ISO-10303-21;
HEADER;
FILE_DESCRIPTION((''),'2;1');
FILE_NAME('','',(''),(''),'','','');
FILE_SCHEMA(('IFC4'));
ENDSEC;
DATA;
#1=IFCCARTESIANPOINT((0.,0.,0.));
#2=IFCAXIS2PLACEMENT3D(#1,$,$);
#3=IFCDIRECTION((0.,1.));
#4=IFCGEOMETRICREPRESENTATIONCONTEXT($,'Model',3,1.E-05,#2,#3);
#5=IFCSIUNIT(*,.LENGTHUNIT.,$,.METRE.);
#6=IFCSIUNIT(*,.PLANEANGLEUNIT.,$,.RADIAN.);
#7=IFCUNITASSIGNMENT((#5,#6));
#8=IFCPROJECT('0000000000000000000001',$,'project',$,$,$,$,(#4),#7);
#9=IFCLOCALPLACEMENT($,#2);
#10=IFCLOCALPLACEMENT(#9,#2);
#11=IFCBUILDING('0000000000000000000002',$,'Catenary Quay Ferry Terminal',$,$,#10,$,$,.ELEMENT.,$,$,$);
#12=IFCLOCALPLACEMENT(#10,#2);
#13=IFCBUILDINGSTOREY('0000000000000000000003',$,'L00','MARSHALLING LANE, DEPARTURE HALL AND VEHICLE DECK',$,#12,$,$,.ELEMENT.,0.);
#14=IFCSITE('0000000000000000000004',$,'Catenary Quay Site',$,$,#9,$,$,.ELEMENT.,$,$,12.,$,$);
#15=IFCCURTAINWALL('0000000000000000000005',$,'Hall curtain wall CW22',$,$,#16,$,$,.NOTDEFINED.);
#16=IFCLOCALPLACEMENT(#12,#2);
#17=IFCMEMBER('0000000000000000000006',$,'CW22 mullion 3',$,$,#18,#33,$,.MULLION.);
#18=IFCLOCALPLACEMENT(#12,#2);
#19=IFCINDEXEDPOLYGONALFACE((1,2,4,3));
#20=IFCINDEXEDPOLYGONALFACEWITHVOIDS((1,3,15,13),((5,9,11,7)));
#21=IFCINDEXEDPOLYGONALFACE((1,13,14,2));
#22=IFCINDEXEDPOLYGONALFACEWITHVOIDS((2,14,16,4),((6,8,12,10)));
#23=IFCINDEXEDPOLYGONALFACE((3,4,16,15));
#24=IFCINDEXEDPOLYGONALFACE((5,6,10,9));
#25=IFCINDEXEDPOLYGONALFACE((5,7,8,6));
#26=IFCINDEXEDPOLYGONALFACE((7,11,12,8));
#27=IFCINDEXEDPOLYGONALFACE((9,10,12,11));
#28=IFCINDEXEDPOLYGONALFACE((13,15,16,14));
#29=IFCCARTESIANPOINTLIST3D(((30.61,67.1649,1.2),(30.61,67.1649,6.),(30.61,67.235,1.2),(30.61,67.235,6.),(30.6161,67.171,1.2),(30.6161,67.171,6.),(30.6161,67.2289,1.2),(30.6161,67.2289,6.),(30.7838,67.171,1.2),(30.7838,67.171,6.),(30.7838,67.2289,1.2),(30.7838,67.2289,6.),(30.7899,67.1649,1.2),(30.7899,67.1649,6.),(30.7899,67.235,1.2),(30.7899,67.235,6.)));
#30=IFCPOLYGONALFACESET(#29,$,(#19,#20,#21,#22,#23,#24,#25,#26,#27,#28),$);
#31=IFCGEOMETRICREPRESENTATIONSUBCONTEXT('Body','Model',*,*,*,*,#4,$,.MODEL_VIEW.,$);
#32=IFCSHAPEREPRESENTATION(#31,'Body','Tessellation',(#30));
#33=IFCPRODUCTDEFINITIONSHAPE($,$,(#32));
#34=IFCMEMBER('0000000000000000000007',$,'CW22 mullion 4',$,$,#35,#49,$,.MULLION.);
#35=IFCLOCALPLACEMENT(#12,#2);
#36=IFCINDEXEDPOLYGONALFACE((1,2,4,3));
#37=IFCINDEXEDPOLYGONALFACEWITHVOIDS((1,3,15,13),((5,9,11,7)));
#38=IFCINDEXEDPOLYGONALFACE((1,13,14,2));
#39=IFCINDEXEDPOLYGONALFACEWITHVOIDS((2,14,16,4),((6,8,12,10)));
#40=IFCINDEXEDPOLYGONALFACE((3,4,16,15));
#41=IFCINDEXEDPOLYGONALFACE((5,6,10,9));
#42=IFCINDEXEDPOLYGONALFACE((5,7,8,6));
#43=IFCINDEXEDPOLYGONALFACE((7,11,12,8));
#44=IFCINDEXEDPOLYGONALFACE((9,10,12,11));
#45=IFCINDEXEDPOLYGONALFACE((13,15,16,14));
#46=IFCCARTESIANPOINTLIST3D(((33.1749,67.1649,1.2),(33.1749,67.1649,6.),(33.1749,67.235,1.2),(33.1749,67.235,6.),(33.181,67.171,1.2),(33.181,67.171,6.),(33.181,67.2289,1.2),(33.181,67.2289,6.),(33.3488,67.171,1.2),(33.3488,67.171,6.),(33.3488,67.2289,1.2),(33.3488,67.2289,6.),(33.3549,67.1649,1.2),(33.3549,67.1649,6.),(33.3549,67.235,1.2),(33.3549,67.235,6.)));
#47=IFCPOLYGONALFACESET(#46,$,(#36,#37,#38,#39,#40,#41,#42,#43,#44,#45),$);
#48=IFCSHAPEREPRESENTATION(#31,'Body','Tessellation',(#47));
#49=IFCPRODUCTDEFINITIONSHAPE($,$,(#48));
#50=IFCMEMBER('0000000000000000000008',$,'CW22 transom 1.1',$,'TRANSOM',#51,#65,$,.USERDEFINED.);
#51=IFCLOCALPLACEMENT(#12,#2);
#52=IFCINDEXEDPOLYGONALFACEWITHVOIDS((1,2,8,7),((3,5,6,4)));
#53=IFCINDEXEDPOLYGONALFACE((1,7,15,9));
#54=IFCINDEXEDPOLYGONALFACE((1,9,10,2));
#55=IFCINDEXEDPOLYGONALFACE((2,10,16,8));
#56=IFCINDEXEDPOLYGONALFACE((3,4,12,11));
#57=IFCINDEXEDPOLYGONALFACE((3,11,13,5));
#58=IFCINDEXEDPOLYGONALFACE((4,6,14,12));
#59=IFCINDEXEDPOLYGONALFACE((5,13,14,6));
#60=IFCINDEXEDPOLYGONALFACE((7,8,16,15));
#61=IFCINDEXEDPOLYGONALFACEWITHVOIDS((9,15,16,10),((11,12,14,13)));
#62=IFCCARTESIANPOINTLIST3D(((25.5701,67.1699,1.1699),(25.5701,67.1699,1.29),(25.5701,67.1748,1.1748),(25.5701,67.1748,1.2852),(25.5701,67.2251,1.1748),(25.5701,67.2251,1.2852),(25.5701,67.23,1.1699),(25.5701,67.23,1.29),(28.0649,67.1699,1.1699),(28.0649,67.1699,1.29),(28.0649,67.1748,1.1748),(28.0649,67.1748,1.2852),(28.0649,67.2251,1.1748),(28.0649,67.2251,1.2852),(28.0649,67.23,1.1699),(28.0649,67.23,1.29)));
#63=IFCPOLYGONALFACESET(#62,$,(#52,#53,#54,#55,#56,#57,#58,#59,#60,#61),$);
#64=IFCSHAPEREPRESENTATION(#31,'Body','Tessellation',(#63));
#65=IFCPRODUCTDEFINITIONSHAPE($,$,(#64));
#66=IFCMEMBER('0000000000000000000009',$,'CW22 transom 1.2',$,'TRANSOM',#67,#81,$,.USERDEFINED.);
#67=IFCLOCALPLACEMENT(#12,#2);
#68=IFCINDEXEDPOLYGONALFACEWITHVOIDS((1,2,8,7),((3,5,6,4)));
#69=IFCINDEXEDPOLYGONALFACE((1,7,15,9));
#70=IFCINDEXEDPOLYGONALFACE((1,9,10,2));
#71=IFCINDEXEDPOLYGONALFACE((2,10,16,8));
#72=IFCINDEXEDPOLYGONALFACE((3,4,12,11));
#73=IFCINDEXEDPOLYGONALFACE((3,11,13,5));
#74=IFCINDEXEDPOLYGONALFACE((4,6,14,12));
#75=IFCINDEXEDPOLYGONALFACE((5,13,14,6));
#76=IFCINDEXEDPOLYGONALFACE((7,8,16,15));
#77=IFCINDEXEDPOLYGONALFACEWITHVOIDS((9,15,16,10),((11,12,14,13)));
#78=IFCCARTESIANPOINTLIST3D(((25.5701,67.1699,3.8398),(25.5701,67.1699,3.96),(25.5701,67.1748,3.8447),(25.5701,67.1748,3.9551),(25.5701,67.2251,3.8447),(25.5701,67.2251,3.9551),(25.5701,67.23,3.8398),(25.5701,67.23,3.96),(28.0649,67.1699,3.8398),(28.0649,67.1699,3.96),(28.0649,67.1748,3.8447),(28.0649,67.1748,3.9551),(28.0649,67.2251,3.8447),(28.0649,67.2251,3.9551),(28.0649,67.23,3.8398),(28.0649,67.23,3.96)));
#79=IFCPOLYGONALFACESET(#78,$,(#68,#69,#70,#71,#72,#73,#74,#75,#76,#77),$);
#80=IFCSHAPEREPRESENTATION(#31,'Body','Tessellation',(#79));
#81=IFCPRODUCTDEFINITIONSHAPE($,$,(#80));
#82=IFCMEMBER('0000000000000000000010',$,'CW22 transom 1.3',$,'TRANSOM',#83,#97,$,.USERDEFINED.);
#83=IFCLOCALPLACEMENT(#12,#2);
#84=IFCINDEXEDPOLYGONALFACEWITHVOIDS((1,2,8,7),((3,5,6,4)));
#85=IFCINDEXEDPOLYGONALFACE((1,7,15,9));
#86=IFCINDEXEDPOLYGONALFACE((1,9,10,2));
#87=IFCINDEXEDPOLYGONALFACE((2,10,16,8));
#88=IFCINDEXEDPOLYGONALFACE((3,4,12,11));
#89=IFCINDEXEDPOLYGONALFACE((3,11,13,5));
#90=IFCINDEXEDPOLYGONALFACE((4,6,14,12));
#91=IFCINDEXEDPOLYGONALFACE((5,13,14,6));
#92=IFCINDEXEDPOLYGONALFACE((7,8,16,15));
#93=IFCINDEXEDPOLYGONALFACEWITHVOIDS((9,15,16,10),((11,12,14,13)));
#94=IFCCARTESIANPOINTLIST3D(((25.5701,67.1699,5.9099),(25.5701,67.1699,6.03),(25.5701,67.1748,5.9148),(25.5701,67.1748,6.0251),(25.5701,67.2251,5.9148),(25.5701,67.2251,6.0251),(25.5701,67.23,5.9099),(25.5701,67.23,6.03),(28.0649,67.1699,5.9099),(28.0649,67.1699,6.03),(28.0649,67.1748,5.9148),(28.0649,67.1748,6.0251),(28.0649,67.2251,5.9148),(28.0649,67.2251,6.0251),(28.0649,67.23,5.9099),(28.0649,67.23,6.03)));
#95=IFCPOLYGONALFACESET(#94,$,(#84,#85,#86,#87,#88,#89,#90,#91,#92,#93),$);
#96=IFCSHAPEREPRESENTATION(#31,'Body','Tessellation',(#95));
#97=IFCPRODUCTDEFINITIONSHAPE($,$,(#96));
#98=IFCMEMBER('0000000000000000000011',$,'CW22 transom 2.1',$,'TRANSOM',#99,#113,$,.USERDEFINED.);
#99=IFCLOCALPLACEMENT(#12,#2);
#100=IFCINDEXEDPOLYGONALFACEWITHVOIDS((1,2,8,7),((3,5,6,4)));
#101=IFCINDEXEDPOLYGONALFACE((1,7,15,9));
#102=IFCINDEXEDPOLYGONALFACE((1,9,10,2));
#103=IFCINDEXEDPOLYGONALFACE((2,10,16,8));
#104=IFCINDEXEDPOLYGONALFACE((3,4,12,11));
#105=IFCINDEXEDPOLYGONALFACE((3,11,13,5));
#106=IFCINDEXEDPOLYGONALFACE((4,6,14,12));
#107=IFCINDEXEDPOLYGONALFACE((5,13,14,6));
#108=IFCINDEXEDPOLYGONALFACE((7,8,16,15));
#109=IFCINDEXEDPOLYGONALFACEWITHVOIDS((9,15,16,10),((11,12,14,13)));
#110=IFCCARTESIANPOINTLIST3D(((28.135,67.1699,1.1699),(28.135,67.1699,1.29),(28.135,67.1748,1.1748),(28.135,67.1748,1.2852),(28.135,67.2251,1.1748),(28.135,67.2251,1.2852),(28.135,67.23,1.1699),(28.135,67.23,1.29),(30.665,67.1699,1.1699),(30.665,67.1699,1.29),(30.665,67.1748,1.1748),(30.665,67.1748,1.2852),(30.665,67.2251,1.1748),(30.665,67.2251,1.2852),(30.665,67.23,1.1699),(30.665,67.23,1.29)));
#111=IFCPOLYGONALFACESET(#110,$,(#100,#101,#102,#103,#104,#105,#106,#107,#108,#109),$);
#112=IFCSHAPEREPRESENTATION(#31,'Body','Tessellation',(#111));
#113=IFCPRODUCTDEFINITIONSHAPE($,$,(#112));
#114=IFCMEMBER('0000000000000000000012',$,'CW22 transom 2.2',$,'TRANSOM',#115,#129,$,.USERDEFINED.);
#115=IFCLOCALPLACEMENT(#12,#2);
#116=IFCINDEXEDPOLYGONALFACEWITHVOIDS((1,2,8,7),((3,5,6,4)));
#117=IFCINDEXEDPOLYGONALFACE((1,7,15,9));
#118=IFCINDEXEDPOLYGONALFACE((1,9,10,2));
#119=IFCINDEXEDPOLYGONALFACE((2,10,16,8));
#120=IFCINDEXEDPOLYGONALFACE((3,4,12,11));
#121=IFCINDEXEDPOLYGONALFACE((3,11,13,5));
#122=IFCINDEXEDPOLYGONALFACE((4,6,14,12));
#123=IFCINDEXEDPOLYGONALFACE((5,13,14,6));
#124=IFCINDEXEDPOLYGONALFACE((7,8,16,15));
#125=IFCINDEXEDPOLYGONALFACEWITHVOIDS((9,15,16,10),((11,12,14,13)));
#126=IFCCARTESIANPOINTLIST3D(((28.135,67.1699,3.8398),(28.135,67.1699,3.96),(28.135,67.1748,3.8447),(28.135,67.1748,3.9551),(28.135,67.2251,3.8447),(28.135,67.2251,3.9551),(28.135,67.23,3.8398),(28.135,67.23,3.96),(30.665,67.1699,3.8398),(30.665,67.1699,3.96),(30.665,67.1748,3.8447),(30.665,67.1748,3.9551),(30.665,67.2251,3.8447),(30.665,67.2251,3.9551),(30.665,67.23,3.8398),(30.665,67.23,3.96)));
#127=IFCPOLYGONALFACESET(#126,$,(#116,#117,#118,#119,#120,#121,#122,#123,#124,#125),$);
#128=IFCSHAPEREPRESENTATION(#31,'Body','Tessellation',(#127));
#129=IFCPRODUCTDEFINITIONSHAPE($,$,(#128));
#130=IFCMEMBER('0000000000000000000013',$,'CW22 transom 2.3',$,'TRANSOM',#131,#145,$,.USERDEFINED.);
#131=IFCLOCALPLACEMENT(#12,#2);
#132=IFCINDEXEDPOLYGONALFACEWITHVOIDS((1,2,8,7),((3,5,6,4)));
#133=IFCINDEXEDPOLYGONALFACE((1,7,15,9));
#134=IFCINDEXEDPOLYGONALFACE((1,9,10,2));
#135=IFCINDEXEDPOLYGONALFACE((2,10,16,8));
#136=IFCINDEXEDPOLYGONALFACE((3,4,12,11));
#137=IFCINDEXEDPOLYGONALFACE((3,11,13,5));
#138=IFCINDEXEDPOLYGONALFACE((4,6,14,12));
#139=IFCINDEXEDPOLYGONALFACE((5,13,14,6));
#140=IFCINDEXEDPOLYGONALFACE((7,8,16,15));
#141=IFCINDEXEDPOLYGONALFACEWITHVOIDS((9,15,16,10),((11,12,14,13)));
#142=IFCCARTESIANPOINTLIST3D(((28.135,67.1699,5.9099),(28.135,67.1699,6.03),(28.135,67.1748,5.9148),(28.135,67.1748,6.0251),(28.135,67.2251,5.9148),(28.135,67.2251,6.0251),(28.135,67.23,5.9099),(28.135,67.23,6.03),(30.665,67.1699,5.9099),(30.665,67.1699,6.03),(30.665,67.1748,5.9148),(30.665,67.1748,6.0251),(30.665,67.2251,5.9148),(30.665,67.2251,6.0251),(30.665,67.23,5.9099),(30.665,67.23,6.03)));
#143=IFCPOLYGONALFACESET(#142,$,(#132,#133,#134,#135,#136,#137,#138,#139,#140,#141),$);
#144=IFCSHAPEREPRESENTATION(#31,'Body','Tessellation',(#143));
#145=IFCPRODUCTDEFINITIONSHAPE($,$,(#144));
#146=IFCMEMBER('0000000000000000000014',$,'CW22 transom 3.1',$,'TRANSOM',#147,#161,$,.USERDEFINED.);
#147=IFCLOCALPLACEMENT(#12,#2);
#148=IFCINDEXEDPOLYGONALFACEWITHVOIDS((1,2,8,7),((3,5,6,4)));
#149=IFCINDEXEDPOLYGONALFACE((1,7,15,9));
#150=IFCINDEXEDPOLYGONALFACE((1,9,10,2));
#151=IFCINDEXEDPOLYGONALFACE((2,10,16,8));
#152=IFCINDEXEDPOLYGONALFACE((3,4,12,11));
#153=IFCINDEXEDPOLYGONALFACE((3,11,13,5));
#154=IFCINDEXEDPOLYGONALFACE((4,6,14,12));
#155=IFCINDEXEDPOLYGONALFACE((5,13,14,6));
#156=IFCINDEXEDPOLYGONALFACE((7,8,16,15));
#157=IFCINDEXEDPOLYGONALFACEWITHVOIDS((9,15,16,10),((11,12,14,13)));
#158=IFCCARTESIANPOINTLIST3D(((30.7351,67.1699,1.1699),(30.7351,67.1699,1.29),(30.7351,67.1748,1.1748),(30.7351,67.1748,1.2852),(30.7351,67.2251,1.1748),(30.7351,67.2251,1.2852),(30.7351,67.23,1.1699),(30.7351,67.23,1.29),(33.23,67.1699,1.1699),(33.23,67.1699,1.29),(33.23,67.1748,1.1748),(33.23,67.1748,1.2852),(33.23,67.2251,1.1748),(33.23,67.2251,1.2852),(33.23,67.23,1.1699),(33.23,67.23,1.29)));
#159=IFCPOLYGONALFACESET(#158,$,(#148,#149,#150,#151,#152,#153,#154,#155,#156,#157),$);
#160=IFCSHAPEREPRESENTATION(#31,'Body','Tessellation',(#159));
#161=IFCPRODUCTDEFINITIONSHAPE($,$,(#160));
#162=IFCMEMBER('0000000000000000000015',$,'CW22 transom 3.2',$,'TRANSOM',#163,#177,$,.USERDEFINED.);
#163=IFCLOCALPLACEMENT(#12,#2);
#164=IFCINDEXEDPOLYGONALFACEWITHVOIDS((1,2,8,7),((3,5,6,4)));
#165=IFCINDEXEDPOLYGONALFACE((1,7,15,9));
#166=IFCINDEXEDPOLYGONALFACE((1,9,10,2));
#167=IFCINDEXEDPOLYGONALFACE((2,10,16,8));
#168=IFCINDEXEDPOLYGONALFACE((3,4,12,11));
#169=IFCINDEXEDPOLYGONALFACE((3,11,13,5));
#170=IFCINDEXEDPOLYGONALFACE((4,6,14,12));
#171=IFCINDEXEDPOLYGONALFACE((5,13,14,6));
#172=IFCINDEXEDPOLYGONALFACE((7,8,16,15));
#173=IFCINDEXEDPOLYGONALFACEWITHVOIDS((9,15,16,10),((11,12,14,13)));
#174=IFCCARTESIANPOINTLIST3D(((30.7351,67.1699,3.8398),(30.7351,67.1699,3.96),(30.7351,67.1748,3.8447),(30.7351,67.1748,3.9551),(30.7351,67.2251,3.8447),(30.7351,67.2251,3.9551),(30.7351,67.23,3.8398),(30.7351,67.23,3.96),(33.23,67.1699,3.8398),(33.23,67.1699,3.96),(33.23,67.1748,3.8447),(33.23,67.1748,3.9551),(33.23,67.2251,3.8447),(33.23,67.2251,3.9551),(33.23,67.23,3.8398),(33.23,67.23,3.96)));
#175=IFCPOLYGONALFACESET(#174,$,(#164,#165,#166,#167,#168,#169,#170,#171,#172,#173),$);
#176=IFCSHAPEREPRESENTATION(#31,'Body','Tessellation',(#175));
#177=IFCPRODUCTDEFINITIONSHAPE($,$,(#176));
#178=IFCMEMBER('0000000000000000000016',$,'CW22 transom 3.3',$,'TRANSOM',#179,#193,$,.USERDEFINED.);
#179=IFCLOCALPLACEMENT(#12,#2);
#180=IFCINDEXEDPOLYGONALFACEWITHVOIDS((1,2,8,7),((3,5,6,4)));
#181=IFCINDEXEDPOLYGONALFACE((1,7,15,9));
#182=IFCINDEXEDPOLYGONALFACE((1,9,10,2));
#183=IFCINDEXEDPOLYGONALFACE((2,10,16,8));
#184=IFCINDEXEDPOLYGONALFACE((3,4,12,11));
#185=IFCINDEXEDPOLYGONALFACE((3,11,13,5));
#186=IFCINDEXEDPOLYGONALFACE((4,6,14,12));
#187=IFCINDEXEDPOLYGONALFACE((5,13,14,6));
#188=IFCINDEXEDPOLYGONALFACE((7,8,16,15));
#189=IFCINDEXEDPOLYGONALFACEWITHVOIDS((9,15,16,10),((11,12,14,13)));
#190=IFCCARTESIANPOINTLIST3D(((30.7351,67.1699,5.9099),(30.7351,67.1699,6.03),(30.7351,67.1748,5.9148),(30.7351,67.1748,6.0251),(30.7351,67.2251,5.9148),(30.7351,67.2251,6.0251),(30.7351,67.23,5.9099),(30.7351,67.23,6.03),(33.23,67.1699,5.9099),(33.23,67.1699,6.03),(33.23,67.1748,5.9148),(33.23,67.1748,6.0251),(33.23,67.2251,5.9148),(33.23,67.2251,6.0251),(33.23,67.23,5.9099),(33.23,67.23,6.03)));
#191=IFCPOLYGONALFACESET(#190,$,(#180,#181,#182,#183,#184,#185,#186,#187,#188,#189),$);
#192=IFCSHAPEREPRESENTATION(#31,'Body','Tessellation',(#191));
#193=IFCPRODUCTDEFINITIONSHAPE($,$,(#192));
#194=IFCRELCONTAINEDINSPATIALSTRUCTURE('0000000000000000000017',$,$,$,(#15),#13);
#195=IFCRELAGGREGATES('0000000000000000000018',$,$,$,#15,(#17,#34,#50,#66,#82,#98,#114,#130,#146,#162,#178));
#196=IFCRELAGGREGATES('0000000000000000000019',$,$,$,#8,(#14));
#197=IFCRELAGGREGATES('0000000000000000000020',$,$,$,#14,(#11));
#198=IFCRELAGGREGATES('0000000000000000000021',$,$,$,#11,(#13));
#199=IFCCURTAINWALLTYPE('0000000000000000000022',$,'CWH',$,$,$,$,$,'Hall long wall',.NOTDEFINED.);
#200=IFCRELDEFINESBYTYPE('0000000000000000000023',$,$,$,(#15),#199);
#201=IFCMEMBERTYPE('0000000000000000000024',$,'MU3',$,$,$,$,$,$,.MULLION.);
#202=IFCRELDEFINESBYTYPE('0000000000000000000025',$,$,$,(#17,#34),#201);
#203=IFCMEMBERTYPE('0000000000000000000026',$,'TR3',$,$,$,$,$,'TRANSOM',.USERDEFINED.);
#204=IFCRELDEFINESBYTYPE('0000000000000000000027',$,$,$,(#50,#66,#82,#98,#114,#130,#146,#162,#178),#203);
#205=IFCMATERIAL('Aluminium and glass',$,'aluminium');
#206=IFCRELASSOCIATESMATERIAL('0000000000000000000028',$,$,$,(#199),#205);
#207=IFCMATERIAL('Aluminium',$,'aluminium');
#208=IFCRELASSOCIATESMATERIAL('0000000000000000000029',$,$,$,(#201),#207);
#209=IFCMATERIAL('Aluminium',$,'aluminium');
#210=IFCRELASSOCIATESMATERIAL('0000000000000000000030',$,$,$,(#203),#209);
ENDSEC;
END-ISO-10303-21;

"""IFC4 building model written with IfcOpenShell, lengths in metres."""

from ifc_helpers import new_model, si_unit, direction, frame, origin, origin_2d, place, context, subcontext, project, spatial, hollow_rectangle, extrude, material, material_profile, profile_set, type_object, element, aggregate, save


model = new_model("IFC4")

# Units and contexts
model_context = context("Model", 3, precision=1e-05, world=origin(), true_north=direction((0.0, 1.0)))
body_context = subcontext(model_context, "Body", "Model", "MODEL_VIEW")
ifc_project = project(units=[si_unit("LENGTHUNIT", "METRE"), si_unit("PLANEANGLEUNIT", "RADIAN")], contexts=[model_context])

# Site, building, storey
site_placement = place(None, origin())
site = spatial("IfcSite", under=ifc_project, at=site_placement, Name="Catenary Quay Site", CompositionType="ELEMENT", RefElevation=12.0)
building_placement = place(site_placement, origin())
building = spatial("IfcBuilding", under=site, at=building_placement, Name="Catenary Quay Ferry Terminal", CompositionType="ELEMENT")
storey_placement = place(building_placement, origin())
storey = spatial("IfcBuildingStorey", under=building, at=storey_placement, Name="L00", Description="MARSHALLING LANE, DEPARTURE HALL AND VEHICLE DECK", CompositionType="ELEMENT", Elevation=0.0)

# Curtain wall, members
ifc_material_1 = material(Name="Aluminium and glass", Category="aluminium")
curtain_wall_type = type_object("IfcCurtainWallType", Name="CWH", ElementType="Hall long wall", PredefinedType="NOTDEFINED", material=ifc_material_1)
curtain_wall_placement = place(storey_placement, origin())
curtain_wall = element("IfcCurtainWall", 1, at=curtain_wall_placement, inside=storey, type_object=curtain_wall_type, Name="Hall curtain wall CW22", PredefinedType="NOTDEFINED")
ifc_material_2 = material(Name="Aluminium", Category="aluminium")
ifc_material_profile_1 = material_profile(ifc_material_2, hollow_rectangle(XDim=0.0701, YDim=0.1799, WallThickness=0.0061, at=origin_2d()), Name="MU3")
ifc_profile_set_1 = profile_set([ifc_material_profile_1], Name="Aluminium")
member_type_1 = type_object("IfcMemberType", Name="MU3", PredefinedType="MULLION", material=ifc_profile_set_1)
member_1_placement = place(storey_placement, frame((30.7, 67.2, 1.2), z_axis=(0.0, 0.0, 1.0), x_axis=(0.0, 1.0, 0.0)))
member_1 = element("IfcMember", 2, at=member_1_placement, type_object=member_type_1, Name="CW22 mullion 3", PredefinedType="MULLION", context=body_context, shape_type="SweptSolid", body=[
    extrude(hollow_rectangle(XDim=0.0701, YDim=0.1799, WallThickness=0.0061, at=origin_2d()), origin(), (0.0, 0.0, 1.0), 4.8),
])
member_2_placement = place(storey_placement, frame((33.2649, 67.2, 1.2), z_axis=(0.0, 0.0, 1.0), x_axis=(0.0, 1.0, 0.0)))
member_2 = element("IfcMember", 3, at=member_2_placement, type_object=member_type_1, Name="CW22 mullion 4", PredefinedType="MULLION", context=body_context, shape_type="SweptSolid", body=[
    extrude(hollow_rectangle(XDim=0.0701, YDim=0.1799, WallThickness=0.0061, at=origin_2d()), origin(), (0.0, 0.0, 1.0), 4.8),
])
ifc_material_3 = material(Name="Aluminium", Category="aluminium")
ifc_material_profile_2 = material_profile(ifc_material_3, hollow_rectangle(XDim=0.0601, YDim=0.1201, WallThickness=0.0049, at=origin_2d()), Name="TR3")
ifc_profile_set_2 = profile_set([ifc_material_profile_2], Name="Aluminium")
member_type_2 = type_object("IfcMemberType", Name="TR3", ElementType="TRANSOM", PredefinedType="USERDEFINED", material=ifc_profile_set_2)
member_3_placement = place(storey_placement, frame((25.5701, 67.2, 1.23), z_axis=(1.0, 0.0, 0.0), x_axis=(0.0, 1.0, 0.0)))
member_3 = element("IfcMember", 4, at=member_3_placement, type_object=member_type_2, Name="CW22 transom 1.1", ObjectType="TRANSOM", PredefinedType="USERDEFINED", context=body_context, shape_type="SweptSolid", body=[
    extrude(hollow_rectangle(XDim=0.0601, YDim=0.1201, WallThickness=0.0049, at=origin_2d()), origin(), (0.0, 0.0, 1.0), 2.4949),
])
member_4_placement = place(storey_placement, frame((25.5701, 67.2, 3.8999), z_axis=(1.0, 0.0, 0.0), x_axis=(0.0, 1.0, 0.0)))
member_4 = element("IfcMember", 5, at=member_4_placement, type_object=member_type_2, Name="CW22 transom 1.2", ObjectType="TRANSOM", PredefinedType="USERDEFINED", context=body_context, shape_type="SweptSolid", body=[
    extrude(hollow_rectangle(XDim=0.0601, YDim=0.1201, WallThickness=0.0049, at=origin_2d()), origin(), (0.0, 0.0, 1.0), 2.4949),
])
member_5_placement = place(storey_placement, frame((25.5701, 67.2, 5.97), z_axis=(1.0, 0.0, 0.0), x_axis=(0.0, 1.0, 0.0)))
member_5 = element("IfcMember", 6, at=member_5_placement, type_object=member_type_2, Name="CW22 transom 1.3", ObjectType="TRANSOM", PredefinedType="USERDEFINED", context=body_context, shape_type="SweptSolid", body=[
    extrude(hollow_rectangle(XDim=0.0601, YDim=0.1201, WallThickness=0.0049, at=origin_2d()), origin(), (0.0, 0.0, 1.0), 2.4949),
])
member_6_placement = place(storey_placement, frame((28.135, 67.2, 1.23), z_axis=(1.0, 0.0, 0.0), x_axis=(0.0, 1.0, 0.0)))
member_6 = element("IfcMember", 7, at=member_6_placement, type_object=member_type_2, Name="CW22 transom 2.1", ObjectType="TRANSOM", PredefinedType="USERDEFINED", context=body_context, shape_type="SweptSolid", body=[
    extrude(hollow_rectangle(XDim=0.0601, YDim=0.1201, WallThickness=0.0049, at=origin_2d()), origin(), (0.0, 0.0, 1.0), 2.53),
])
member_7_placement = place(storey_placement, frame((28.135, 67.2, 3.8999), z_axis=(1.0, 0.0, 0.0), x_axis=(0.0, 1.0, 0.0)))
member_7 = element("IfcMember", 8, at=member_7_placement, type_object=member_type_2, Name="CW22 transom 2.2", ObjectType="TRANSOM", PredefinedType="USERDEFINED", context=body_context, shape_type="SweptSolid", body=[
    extrude(hollow_rectangle(XDim=0.0601, YDim=0.1201, WallThickness=0.0049, at=origin_2d()), origin(), (0.0, 0.0, 1.0), 2.53),
])
member_8_placement = place(storey_placement, frame((28.135, 67.2, 5.97), z_axis=(1.0, 0.0, 0.0), x_axis=(0.0, 1.0, 0.0)))
member_8 = element("IfcMember", 9, at=member_8_placement, type_object=member_type_2, Name="CW22 transom 2.3", ObjectType="TRANSOM", PredefinedType="USERDEFINED", context=body_context, shape_type="SweptSolid", body=[
    extrude(hollow_rectangle(XDim=0.0601, YDim=0.1201, WallThickness=0.0049, at=origin_2d()), origin(), (0.0, 0.0, 1.0), 2.53),
])
member_9_placement = place(storey_placement, frame((30.7351, 67.2, 1.23), z_axis=(1.0, 0.0, 0.0), x_axis=(0.0, 1.0, 0.0)))
member_9 = element("IfcMember", 10, at=member_9_placement, type_object=member_type_2, Name="CW22 transom 3.1", ObjectType="TRANSOM", PredefinedType="USERDEFINED", context=body_context, shape_type="SweptSolid", body=[
    extrude(hollow_rectangle(XDim=0.0601, YDim=0.1201, WallThickness=0.0049, at=origin_2d()), origin(), (0.0, 0.0, 1.0), 2.4949),
])
member_10_placement = place(storey_placement, frame((30.7351, 67.2, 3.8999), z_axis=(1.0, 0.0, 0.0), x_axis=(0.0, 1.0, 0.0)))
member_10 = element("IfcMember", 11, at=member_10_placement, type_object=member_type_2, Name="CW22 transom 3.2", ObjectType="TRANSOM", PredefinedType="USERDEFINED", context=body_context, shape_type="SweptSolid", body=[
    extrude(hollow_rectangle(XDim=0.0601, YDim=0.1201, WallThickness=0.0049, at=origin_2d()), origin(), (0.0, 0.0, 1.0), 2.4949),
])
member_11_placement = place(storey_placement, frame((30.7351, 67.2, 5.97), z_axis=(1.0, 0.0, 0.0), x_axis=(0.0, 1.0, 0.0)))
member_11 = element("IfcMember", 12, at=member_11_placement, type_object=member_type_2, Name="CW22 transom 3.3", ObjectType="TRANSOM", PredefinedType="USERDEFINED", context=body_context, shape_type="SweptSolid", body=[
    extrude(hollow_rectangle(XDim=0.0601, YDim=0.1201, WallThickness=0.0049, at=origin_2d()), origin(), (0.0, 0.0, 1.0), 2.4949),
])
aggregate(curtain_wall, [member_1, member_2, member_3, member_4, member_5, member_6, member_7, member_8, member_9, member_10, member_11])

save(model, "model.ifc")
